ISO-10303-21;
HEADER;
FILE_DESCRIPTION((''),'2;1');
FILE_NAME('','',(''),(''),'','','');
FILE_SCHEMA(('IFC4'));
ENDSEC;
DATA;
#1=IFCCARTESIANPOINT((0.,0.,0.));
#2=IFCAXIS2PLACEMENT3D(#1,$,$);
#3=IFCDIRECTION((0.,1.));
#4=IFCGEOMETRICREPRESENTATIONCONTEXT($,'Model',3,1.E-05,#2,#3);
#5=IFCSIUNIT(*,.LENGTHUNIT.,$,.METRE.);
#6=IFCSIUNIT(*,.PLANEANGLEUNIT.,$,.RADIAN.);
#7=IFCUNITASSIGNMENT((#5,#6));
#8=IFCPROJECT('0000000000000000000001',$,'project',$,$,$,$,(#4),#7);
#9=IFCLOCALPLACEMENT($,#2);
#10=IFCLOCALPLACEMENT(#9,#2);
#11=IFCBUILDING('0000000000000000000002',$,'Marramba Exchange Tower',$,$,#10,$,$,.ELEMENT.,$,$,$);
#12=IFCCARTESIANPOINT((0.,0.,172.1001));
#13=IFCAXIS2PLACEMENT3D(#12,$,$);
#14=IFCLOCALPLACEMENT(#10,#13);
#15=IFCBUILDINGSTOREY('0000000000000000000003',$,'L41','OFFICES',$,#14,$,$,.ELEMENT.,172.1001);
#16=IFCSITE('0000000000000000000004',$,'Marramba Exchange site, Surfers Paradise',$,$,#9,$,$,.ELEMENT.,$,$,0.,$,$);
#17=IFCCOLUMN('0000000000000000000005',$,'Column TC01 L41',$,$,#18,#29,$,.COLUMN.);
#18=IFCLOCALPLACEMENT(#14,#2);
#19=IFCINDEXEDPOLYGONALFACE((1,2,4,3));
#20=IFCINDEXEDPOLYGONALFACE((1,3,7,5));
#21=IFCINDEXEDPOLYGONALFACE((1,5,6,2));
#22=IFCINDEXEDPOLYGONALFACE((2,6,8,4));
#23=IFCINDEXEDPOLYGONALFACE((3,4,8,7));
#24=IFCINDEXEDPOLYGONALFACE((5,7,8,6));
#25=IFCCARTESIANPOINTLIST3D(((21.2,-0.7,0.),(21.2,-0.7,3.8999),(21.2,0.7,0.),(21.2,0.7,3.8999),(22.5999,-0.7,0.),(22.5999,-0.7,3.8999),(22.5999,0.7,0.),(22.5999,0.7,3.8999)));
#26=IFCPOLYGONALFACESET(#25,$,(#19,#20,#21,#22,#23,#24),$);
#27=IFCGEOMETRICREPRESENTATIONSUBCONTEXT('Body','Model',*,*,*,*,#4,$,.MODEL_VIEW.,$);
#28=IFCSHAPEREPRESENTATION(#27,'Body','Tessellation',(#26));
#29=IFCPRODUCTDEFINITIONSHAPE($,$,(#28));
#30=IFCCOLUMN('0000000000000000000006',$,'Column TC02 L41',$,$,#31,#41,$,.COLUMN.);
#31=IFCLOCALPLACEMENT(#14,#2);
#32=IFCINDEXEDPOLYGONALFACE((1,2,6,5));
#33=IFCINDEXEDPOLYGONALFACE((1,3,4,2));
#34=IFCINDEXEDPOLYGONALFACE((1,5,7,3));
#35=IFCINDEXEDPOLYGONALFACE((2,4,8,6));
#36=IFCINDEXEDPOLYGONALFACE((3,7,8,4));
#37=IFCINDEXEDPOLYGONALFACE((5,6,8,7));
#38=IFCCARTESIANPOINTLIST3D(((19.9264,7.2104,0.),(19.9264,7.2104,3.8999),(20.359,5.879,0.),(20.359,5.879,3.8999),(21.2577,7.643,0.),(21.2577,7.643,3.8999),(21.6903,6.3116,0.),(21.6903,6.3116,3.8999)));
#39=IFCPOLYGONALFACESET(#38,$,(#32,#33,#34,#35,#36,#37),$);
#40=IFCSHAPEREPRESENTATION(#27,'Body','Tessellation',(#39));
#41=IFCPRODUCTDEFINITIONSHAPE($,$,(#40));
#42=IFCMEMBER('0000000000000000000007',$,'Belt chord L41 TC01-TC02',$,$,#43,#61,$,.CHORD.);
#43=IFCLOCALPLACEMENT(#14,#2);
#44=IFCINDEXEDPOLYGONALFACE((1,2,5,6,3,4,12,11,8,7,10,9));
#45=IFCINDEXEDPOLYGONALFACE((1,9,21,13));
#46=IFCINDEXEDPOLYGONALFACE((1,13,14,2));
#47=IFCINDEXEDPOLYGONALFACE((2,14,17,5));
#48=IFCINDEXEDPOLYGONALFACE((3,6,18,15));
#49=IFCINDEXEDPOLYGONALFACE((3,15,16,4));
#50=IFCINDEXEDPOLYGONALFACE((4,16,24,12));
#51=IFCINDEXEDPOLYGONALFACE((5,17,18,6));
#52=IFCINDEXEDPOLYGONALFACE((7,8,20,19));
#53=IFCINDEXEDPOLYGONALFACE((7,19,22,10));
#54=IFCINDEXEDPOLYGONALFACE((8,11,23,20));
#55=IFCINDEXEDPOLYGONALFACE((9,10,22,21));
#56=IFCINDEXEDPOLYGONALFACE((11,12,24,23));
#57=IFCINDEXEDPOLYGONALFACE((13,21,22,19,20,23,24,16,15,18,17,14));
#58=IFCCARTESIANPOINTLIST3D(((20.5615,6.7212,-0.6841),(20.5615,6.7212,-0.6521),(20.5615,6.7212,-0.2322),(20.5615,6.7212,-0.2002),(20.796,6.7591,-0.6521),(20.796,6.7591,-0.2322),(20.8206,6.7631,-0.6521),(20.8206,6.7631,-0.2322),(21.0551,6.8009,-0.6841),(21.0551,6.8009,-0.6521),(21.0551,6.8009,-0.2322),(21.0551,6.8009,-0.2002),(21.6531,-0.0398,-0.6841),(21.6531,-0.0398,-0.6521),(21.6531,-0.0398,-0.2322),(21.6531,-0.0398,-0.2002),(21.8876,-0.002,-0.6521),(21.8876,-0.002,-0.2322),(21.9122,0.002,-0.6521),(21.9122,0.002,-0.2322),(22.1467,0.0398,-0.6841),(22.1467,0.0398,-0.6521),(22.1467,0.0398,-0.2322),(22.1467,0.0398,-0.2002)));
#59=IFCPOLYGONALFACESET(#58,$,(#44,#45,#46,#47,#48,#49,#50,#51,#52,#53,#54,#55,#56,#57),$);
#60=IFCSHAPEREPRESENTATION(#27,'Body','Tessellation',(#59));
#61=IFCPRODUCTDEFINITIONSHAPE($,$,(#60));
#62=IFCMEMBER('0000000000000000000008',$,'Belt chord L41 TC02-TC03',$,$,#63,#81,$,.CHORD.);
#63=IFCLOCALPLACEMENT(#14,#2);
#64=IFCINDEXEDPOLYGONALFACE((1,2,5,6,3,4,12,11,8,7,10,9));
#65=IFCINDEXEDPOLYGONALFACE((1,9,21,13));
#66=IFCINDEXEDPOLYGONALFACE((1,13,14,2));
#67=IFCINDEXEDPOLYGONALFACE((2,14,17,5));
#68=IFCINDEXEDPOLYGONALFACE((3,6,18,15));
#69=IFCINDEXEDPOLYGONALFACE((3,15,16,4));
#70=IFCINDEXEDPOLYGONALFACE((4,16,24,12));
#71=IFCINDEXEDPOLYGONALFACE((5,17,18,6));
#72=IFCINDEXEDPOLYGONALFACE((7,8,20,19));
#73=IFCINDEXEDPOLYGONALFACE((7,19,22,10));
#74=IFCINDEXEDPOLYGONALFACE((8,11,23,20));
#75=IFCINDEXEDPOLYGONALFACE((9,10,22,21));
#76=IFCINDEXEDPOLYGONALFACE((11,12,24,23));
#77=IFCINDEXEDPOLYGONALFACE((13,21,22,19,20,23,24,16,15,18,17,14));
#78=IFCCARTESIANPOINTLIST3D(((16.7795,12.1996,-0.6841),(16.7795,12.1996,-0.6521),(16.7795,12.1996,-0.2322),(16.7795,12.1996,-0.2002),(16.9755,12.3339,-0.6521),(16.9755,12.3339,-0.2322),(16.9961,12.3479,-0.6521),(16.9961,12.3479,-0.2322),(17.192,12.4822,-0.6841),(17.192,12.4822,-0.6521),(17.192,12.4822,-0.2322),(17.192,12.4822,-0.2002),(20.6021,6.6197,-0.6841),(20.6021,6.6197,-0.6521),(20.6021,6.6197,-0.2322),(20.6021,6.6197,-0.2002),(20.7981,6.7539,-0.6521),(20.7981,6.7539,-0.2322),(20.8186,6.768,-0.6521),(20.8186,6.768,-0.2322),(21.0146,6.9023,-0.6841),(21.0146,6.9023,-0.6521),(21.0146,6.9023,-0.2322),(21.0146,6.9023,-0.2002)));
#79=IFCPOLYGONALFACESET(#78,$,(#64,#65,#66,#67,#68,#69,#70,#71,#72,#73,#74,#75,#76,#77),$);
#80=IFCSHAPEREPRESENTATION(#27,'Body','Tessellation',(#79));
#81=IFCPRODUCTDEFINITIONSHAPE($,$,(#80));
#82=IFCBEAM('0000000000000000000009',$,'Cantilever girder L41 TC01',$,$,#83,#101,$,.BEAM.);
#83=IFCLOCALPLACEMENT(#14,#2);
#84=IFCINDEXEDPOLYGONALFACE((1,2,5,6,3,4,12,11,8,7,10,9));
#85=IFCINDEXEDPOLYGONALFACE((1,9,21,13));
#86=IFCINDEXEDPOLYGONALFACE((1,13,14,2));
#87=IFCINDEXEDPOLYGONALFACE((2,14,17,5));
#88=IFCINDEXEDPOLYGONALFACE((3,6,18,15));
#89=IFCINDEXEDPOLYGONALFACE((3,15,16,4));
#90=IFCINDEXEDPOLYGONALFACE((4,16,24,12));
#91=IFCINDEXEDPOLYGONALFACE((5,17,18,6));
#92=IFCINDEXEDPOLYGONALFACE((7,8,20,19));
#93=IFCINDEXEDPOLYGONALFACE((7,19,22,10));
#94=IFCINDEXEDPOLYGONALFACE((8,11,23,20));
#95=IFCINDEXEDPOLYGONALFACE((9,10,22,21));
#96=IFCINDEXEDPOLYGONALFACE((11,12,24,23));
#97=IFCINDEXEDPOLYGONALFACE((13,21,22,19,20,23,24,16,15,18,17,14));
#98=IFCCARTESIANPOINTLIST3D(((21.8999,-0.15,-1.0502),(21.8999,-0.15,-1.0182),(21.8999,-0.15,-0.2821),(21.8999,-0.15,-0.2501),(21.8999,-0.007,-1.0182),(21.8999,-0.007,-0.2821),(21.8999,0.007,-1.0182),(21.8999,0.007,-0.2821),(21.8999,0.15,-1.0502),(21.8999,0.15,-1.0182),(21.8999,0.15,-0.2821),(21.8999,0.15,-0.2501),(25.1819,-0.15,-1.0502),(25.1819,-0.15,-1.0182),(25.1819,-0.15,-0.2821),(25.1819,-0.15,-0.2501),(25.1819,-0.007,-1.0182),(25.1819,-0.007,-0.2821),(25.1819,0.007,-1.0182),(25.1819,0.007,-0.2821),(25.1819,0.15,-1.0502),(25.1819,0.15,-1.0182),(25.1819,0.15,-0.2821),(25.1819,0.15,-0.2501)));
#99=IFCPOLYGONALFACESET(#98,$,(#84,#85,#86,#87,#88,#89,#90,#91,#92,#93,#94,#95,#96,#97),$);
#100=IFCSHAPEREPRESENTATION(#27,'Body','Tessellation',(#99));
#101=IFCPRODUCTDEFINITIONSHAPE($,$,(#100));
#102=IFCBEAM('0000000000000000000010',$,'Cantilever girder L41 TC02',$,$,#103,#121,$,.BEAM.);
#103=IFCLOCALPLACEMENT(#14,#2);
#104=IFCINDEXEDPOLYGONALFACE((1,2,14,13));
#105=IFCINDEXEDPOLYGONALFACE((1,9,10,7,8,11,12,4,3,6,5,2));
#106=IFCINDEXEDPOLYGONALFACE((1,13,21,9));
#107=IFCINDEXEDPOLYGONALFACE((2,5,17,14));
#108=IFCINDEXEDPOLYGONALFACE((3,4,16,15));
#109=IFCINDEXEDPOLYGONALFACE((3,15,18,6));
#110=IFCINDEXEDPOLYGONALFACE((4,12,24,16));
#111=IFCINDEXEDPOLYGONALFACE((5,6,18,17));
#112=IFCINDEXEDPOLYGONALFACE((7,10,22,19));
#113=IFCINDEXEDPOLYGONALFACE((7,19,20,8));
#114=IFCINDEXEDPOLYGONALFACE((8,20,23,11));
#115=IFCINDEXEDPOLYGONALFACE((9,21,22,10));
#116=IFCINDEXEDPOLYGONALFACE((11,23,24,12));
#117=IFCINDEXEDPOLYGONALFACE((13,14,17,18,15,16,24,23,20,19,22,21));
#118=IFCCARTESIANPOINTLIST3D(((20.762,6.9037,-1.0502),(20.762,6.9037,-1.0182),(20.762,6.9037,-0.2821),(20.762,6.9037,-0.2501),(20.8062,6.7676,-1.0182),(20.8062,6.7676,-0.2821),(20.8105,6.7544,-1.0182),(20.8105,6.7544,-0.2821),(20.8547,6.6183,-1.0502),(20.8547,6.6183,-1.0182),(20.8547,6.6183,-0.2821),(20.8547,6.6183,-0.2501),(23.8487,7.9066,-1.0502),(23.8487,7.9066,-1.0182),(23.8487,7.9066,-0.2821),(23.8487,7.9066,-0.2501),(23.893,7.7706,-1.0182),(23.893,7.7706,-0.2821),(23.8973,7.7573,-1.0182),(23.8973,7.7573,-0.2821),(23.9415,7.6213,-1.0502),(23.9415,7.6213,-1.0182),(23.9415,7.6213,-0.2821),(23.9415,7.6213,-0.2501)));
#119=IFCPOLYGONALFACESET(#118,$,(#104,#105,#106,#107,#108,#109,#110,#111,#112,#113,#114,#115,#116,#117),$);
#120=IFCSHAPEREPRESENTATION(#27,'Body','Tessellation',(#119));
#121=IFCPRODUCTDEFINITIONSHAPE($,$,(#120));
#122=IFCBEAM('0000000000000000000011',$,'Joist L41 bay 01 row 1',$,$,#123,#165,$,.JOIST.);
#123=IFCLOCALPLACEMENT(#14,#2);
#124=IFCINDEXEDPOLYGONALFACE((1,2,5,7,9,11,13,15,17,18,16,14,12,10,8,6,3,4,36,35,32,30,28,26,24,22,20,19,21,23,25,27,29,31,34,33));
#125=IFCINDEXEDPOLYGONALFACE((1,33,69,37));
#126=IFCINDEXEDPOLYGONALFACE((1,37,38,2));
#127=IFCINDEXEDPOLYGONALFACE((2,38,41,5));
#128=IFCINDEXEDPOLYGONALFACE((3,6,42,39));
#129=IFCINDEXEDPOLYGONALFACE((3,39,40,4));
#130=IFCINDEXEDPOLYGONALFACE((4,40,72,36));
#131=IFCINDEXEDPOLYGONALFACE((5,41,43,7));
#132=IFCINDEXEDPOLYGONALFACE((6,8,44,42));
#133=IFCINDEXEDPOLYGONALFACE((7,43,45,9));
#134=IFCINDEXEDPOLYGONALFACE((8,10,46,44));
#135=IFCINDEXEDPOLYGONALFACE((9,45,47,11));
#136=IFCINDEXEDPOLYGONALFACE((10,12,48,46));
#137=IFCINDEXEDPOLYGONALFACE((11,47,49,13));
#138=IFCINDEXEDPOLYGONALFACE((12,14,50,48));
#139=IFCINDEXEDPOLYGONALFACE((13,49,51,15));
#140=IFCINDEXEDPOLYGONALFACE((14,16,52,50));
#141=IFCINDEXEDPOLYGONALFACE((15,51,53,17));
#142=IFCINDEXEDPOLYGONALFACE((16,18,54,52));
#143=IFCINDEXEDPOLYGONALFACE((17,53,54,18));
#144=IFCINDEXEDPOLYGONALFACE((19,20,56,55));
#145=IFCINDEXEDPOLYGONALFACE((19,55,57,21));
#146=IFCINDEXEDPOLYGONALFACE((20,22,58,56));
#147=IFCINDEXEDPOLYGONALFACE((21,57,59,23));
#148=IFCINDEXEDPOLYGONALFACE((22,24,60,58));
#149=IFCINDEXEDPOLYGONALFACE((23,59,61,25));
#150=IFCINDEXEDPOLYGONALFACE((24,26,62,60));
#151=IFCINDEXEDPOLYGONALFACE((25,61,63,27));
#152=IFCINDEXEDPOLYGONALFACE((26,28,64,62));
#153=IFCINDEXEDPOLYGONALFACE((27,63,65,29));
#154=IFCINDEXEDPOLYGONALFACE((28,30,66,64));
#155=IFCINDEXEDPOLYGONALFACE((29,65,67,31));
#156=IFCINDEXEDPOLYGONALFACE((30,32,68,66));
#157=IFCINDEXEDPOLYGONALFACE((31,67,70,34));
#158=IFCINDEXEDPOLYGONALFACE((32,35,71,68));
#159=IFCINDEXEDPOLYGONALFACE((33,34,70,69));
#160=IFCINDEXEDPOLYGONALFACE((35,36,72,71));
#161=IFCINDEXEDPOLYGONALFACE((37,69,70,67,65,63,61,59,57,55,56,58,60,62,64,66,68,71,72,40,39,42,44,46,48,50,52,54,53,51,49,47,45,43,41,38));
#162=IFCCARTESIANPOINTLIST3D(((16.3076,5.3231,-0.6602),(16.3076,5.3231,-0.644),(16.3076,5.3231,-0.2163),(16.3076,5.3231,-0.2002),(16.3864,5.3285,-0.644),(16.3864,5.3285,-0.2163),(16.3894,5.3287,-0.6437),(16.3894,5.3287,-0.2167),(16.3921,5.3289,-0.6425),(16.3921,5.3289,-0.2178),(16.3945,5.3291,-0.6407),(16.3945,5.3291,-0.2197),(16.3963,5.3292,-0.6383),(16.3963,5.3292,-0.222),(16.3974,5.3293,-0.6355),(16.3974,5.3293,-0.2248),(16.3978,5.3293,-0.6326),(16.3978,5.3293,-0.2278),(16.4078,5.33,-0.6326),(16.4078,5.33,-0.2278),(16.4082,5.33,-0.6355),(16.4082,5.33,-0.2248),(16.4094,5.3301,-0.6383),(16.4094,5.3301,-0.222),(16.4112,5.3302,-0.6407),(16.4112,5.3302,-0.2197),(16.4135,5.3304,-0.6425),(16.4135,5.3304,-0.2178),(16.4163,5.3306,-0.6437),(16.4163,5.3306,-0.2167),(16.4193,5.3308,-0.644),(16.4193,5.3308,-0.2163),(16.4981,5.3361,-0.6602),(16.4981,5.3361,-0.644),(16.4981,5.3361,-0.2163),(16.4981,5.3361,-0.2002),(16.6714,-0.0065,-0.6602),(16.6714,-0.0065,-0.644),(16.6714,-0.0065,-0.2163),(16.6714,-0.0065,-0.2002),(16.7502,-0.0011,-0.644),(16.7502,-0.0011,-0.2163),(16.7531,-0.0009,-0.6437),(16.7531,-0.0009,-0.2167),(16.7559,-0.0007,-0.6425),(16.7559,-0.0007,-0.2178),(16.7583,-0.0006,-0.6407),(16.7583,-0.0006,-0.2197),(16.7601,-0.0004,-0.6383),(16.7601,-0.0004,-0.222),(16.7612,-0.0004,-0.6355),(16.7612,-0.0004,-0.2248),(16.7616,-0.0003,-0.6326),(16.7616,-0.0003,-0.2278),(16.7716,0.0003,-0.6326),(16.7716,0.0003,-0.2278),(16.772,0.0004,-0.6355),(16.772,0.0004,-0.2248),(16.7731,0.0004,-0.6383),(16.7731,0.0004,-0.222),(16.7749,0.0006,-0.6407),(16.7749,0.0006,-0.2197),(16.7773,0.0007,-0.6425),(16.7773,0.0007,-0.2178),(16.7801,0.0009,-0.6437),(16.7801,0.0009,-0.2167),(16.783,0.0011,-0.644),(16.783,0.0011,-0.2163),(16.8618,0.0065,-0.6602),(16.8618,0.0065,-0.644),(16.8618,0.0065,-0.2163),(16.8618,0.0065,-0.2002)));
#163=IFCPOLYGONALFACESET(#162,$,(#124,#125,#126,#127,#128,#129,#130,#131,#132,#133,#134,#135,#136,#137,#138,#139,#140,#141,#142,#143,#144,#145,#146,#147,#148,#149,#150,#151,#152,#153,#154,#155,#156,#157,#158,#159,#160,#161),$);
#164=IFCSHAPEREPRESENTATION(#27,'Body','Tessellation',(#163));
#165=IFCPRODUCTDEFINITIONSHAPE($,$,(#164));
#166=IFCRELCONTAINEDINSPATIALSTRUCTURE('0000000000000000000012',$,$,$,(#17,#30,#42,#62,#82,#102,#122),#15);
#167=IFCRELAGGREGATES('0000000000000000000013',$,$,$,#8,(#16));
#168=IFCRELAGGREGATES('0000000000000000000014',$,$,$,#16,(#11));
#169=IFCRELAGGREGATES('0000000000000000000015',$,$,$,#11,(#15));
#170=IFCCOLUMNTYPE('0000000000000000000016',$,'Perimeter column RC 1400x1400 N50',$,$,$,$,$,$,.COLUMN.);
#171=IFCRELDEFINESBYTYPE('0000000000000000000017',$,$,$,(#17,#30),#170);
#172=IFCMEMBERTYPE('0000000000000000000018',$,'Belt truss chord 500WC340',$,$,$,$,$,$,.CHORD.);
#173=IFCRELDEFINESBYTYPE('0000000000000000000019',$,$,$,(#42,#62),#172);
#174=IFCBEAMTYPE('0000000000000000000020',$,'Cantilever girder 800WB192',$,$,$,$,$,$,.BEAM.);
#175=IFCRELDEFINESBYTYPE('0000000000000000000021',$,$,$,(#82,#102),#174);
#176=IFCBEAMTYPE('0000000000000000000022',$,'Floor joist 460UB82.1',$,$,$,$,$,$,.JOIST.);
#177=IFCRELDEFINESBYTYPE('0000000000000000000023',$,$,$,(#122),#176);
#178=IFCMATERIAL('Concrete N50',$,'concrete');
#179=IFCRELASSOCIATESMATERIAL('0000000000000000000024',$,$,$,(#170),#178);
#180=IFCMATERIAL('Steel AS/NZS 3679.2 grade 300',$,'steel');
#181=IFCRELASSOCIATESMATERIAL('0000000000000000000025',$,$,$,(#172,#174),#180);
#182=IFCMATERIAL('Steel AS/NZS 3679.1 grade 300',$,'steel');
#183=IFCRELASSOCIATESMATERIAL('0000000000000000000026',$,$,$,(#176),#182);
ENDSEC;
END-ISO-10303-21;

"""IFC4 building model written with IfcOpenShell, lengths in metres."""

from ifc_helpers import new_model, si_unit, direction, frame, origin, origin_2d, place, context, subcontext, project, spatial, rectangle, i_section, extrude, material, material_profile, profile_set, type_object, element, save


model = new_model("IFC4")

# Units and contexts
model_context = context("Model", 3, precision=1e-05, world=origin(), true_north=direction((0.0, 1.0)))
body_context = subcontext(model_context, "Body", "Model", "MODEL_VIEW")
ifc_project = project(units=[si_unit("LENGTHUNIT", "METRE"), si_unit("PLANEANGLEUNIT", "RADIAN")], contexts=[model_context])

# Site, building, storey
site_placement = place(None, origin())
site = spatial("IfcSite", under=ifc_project, at=site_placement, Name="Marramba Exchange site, Surfers Paradise", CompositionType="ELEMENT", RefElevation=0.0)
building_placement = place(site_placement, origin())
building = spatial("IfcBuilding", under=site, at=building_placement, Name="Marramba Exchange Tower", CompositionType="ELEMENT")
storey_placement = place(building_placement, frame((0.0, 0.0, 172.1001)))
storey = spatial("IfcBuildingStorey", under=building, at=storey_placement, Name="L41", Description="OFFICES", CompositionType="ELEMENT", Elevation=172.1001)

# Columns
ifc_material_1 = material(Name="Concrete N50", Category="concrete")
ifc_material_profile_1 = material_profile(ifc_material_1, rectangle(XDim=1.3999, YDim=1.3999, at=origin_2d()), Name="RC 1400x1400")
ifc_profile_set_1 = profile_set([ifc_material_profile_1], Name="Concrete N50")
column_type = type_object("IfcColumnType", Name="Perimeter column RC 1400x1400 N50", PredefinedType="COLUMN", material=ifc_profile_set_1)
for number, where, z_axis, x_axis, name in (
    (1, (21.8999, 0.0, 0.0), (0.0, 0.0, 1.0), (1.0, 0.0, 0.0), "Column TC01 L41"),
    (2, (20.8083, 6.761, 0.0), (0.0, 0.0, 1.0), (0.951057, 0.309017, 0.0), "Column TC02 L41"),
):
    element("IfcColumn", number, at=place(storey_placement, frame(where, z_axis=z_axis, x_axis=x_axis)), inside=storey, type_object=column_type, Name=name, PredefinedType="COLUMN", context=body_context, shape_type="SweptSolid", body=[
        extrude(rectangle(XDim=1.3999, YDim=1.3999, at=origin_2d()), origin(), (0.0, 0.0, 1.0), 3.8999),
    ])

# Members
ifc_material_2 = material(Name="Steel AS/NZS 3679.2 grade 300", Category="steel")
ifc_material_profile_2 = material_profile(ifc_material_2, i_section(OverallWidth=0.5, OverallDepth=0.4839, WebThickness=0.0249, FlangeThickness=0.032, at=origin_2d()), Name="500WC340")
ifc_profile_set_2 = profile_set([ifc_material_profile_2], Name="Steel AS/NZS 3679.2 grade 300")
member_type_1 = type_object("IfcMemberType", Name="Belt truss chord 500WC340", PredefinedType="CHORD", material=ifc_profile_set_2)
member_1_placement = place(storey_placement, frame((21.8999, 0.0, -0.4421), z_axis=(-0.159385, 0.987217, 0.0), x_axis=(-0.987217, -0.159385, 0.0)))
element("IfcMember", 3, at=member_1_placement, inside=storey, type_object=member_type_1, Name="Belt chord L41 TC01-TC02", PredefinedType="CHORD", context=body_context, shape_type="SweptSolid", body=[
    extrude(i_section(OverallWidth=0.5, OverallDepth=0.4839, WebThickness=0.0249, FlangeThickness=0.032, at=origin_2d()), origin(), (0.0, 0.0, 1.0), 6.8486),
])
member_2_placement = place(storey_placement, frame((20.8083, 6.761, -0.4421), z_axis=(-0.56516, 0.824981, 0.0), x_axis=(-0.824981, -0.56516, 0.0)))
element("IfcMember", 4, at=member_2_placement, inside=storey, type_object=member_type_1, Name="Belt chord L41 TC02-TC03", PredefinedType="CHORD", context=body_context, shape_type="SweptSolid", body=[
    extrude(i_section(OverallWidth=0.5, OverallDepth=0.4839, WebThickness=0.0249, FlangeThickness=0.032, at=origin_2d()), origin(), (0.0, 0.0, 1.0), 6.7637),
])

# Beams
ifc_material_profile_3 = material_profile(ifc_material_2, i_section(OverallWidth=0.3, OverallDepth=0.8, WebThickness=0.0139, FlangeThickness=0.032, at=origin_2d()), Name="800WB192")
ifc_profile_set_3 = profile_set([ifc_material_profile_3], Name="Steel AS/NZS 3679.2 grade 300")
beam_type_1 = type_object("IfcBeamType", Name="Cantilever girder 800WB192", PredefinedType="BEAM", material=ifc_profile_set_3)
beam_1_placement = place(storey_placement, frame((21.8999, 0.0, -0.6501), z_axis=(1.0, 0.0, 0.0), x_axis=(0.0, 1.0, 0.0)))
element("IfcBeam", 5, at=beam_1_placement, inside=storey, type_object=beam_type_1, Name="Cantilever girder L41 TC01", PredefinedType="BEAM", context=body_context, shape_type="SweptSolid", body=[
    extrude(i_section(OverallWidth=0.3, OverallDepth=0.8, WebThickness=0.0139, FlangeThickness=0.032, at=origin_2d()), origin(), (0.0, 0.0, 1.0), 3.282),
])
beam_2_placement = place(storey_placement, frame((20.8083, 6.761, -0.6501), z_axis=(0.951056, 0.30902, 0.0), x_axis=(-0.30902, 0.951056, 0.0)))
element("IfcBeam", 6, at=beam_2_placement, inside=storey, type_object=beam_type_1, Name="Cantilever girder L41 TC02", PredefinedType="BEAM", context=body_context, shape_type="SweptSolid", body=[
    extrude(i_section(OverallWidth=0.3, OverallDepth=0.8, WebThickness=0.0139, FlangeThickness=0.032, at=origin_2d()), origin(), (0.0, 0.0, 1.0), 3.2456),
])
ifc_material_3 = material(Name="Steel AS/NZS 3679.1 grade 300", Category="steel")
ifc_material_profile_4 = material_profile(ifc_material_3, i_section(OverallWidth=0.1909, OverallDepth=0.46, WebThickness=0.01, FlangeThickness=0.0161, FilletRadius=0.0115, at=origin_2d()), Name="460UB82.1")
ifc_profile_set_4 = profile_set([ifc_material_profile_4], Name="Steel AS/NZS 3679.1 grade 300")
beam_type_2 = type_object("IfcBeamType", Name="Floor joist 460UB82.1", PredefinedType="JOIST", material=ifc_profile_set_4)
beam_3_placement = place(storey_placement, frame((16.7666, 0.0, -0.4302), z_axis=(-0.068096, 0.997679, 0.0), x_axis=(-0.997679, -0.068096, 0.0)))
element("IfcBeam", 7, at=beam_3_placement, inside=storey, type_object=beam_type_2, Name="Joist L41 bay 01 row 1", PredefinedType="JOIST", context=body_context, shape_type="SweptSolid", body=[
    extrude(i_section(OverallWidth=0.1909, OverallDepth=0.46, WebThickness=0.01, FlangeThickness=0.0161, FilletRadius=0.0115, at=origin_2d()), origin(), (0.0, 0.0, 1.0), 5.342),
])

save(model, "model.ifc")
